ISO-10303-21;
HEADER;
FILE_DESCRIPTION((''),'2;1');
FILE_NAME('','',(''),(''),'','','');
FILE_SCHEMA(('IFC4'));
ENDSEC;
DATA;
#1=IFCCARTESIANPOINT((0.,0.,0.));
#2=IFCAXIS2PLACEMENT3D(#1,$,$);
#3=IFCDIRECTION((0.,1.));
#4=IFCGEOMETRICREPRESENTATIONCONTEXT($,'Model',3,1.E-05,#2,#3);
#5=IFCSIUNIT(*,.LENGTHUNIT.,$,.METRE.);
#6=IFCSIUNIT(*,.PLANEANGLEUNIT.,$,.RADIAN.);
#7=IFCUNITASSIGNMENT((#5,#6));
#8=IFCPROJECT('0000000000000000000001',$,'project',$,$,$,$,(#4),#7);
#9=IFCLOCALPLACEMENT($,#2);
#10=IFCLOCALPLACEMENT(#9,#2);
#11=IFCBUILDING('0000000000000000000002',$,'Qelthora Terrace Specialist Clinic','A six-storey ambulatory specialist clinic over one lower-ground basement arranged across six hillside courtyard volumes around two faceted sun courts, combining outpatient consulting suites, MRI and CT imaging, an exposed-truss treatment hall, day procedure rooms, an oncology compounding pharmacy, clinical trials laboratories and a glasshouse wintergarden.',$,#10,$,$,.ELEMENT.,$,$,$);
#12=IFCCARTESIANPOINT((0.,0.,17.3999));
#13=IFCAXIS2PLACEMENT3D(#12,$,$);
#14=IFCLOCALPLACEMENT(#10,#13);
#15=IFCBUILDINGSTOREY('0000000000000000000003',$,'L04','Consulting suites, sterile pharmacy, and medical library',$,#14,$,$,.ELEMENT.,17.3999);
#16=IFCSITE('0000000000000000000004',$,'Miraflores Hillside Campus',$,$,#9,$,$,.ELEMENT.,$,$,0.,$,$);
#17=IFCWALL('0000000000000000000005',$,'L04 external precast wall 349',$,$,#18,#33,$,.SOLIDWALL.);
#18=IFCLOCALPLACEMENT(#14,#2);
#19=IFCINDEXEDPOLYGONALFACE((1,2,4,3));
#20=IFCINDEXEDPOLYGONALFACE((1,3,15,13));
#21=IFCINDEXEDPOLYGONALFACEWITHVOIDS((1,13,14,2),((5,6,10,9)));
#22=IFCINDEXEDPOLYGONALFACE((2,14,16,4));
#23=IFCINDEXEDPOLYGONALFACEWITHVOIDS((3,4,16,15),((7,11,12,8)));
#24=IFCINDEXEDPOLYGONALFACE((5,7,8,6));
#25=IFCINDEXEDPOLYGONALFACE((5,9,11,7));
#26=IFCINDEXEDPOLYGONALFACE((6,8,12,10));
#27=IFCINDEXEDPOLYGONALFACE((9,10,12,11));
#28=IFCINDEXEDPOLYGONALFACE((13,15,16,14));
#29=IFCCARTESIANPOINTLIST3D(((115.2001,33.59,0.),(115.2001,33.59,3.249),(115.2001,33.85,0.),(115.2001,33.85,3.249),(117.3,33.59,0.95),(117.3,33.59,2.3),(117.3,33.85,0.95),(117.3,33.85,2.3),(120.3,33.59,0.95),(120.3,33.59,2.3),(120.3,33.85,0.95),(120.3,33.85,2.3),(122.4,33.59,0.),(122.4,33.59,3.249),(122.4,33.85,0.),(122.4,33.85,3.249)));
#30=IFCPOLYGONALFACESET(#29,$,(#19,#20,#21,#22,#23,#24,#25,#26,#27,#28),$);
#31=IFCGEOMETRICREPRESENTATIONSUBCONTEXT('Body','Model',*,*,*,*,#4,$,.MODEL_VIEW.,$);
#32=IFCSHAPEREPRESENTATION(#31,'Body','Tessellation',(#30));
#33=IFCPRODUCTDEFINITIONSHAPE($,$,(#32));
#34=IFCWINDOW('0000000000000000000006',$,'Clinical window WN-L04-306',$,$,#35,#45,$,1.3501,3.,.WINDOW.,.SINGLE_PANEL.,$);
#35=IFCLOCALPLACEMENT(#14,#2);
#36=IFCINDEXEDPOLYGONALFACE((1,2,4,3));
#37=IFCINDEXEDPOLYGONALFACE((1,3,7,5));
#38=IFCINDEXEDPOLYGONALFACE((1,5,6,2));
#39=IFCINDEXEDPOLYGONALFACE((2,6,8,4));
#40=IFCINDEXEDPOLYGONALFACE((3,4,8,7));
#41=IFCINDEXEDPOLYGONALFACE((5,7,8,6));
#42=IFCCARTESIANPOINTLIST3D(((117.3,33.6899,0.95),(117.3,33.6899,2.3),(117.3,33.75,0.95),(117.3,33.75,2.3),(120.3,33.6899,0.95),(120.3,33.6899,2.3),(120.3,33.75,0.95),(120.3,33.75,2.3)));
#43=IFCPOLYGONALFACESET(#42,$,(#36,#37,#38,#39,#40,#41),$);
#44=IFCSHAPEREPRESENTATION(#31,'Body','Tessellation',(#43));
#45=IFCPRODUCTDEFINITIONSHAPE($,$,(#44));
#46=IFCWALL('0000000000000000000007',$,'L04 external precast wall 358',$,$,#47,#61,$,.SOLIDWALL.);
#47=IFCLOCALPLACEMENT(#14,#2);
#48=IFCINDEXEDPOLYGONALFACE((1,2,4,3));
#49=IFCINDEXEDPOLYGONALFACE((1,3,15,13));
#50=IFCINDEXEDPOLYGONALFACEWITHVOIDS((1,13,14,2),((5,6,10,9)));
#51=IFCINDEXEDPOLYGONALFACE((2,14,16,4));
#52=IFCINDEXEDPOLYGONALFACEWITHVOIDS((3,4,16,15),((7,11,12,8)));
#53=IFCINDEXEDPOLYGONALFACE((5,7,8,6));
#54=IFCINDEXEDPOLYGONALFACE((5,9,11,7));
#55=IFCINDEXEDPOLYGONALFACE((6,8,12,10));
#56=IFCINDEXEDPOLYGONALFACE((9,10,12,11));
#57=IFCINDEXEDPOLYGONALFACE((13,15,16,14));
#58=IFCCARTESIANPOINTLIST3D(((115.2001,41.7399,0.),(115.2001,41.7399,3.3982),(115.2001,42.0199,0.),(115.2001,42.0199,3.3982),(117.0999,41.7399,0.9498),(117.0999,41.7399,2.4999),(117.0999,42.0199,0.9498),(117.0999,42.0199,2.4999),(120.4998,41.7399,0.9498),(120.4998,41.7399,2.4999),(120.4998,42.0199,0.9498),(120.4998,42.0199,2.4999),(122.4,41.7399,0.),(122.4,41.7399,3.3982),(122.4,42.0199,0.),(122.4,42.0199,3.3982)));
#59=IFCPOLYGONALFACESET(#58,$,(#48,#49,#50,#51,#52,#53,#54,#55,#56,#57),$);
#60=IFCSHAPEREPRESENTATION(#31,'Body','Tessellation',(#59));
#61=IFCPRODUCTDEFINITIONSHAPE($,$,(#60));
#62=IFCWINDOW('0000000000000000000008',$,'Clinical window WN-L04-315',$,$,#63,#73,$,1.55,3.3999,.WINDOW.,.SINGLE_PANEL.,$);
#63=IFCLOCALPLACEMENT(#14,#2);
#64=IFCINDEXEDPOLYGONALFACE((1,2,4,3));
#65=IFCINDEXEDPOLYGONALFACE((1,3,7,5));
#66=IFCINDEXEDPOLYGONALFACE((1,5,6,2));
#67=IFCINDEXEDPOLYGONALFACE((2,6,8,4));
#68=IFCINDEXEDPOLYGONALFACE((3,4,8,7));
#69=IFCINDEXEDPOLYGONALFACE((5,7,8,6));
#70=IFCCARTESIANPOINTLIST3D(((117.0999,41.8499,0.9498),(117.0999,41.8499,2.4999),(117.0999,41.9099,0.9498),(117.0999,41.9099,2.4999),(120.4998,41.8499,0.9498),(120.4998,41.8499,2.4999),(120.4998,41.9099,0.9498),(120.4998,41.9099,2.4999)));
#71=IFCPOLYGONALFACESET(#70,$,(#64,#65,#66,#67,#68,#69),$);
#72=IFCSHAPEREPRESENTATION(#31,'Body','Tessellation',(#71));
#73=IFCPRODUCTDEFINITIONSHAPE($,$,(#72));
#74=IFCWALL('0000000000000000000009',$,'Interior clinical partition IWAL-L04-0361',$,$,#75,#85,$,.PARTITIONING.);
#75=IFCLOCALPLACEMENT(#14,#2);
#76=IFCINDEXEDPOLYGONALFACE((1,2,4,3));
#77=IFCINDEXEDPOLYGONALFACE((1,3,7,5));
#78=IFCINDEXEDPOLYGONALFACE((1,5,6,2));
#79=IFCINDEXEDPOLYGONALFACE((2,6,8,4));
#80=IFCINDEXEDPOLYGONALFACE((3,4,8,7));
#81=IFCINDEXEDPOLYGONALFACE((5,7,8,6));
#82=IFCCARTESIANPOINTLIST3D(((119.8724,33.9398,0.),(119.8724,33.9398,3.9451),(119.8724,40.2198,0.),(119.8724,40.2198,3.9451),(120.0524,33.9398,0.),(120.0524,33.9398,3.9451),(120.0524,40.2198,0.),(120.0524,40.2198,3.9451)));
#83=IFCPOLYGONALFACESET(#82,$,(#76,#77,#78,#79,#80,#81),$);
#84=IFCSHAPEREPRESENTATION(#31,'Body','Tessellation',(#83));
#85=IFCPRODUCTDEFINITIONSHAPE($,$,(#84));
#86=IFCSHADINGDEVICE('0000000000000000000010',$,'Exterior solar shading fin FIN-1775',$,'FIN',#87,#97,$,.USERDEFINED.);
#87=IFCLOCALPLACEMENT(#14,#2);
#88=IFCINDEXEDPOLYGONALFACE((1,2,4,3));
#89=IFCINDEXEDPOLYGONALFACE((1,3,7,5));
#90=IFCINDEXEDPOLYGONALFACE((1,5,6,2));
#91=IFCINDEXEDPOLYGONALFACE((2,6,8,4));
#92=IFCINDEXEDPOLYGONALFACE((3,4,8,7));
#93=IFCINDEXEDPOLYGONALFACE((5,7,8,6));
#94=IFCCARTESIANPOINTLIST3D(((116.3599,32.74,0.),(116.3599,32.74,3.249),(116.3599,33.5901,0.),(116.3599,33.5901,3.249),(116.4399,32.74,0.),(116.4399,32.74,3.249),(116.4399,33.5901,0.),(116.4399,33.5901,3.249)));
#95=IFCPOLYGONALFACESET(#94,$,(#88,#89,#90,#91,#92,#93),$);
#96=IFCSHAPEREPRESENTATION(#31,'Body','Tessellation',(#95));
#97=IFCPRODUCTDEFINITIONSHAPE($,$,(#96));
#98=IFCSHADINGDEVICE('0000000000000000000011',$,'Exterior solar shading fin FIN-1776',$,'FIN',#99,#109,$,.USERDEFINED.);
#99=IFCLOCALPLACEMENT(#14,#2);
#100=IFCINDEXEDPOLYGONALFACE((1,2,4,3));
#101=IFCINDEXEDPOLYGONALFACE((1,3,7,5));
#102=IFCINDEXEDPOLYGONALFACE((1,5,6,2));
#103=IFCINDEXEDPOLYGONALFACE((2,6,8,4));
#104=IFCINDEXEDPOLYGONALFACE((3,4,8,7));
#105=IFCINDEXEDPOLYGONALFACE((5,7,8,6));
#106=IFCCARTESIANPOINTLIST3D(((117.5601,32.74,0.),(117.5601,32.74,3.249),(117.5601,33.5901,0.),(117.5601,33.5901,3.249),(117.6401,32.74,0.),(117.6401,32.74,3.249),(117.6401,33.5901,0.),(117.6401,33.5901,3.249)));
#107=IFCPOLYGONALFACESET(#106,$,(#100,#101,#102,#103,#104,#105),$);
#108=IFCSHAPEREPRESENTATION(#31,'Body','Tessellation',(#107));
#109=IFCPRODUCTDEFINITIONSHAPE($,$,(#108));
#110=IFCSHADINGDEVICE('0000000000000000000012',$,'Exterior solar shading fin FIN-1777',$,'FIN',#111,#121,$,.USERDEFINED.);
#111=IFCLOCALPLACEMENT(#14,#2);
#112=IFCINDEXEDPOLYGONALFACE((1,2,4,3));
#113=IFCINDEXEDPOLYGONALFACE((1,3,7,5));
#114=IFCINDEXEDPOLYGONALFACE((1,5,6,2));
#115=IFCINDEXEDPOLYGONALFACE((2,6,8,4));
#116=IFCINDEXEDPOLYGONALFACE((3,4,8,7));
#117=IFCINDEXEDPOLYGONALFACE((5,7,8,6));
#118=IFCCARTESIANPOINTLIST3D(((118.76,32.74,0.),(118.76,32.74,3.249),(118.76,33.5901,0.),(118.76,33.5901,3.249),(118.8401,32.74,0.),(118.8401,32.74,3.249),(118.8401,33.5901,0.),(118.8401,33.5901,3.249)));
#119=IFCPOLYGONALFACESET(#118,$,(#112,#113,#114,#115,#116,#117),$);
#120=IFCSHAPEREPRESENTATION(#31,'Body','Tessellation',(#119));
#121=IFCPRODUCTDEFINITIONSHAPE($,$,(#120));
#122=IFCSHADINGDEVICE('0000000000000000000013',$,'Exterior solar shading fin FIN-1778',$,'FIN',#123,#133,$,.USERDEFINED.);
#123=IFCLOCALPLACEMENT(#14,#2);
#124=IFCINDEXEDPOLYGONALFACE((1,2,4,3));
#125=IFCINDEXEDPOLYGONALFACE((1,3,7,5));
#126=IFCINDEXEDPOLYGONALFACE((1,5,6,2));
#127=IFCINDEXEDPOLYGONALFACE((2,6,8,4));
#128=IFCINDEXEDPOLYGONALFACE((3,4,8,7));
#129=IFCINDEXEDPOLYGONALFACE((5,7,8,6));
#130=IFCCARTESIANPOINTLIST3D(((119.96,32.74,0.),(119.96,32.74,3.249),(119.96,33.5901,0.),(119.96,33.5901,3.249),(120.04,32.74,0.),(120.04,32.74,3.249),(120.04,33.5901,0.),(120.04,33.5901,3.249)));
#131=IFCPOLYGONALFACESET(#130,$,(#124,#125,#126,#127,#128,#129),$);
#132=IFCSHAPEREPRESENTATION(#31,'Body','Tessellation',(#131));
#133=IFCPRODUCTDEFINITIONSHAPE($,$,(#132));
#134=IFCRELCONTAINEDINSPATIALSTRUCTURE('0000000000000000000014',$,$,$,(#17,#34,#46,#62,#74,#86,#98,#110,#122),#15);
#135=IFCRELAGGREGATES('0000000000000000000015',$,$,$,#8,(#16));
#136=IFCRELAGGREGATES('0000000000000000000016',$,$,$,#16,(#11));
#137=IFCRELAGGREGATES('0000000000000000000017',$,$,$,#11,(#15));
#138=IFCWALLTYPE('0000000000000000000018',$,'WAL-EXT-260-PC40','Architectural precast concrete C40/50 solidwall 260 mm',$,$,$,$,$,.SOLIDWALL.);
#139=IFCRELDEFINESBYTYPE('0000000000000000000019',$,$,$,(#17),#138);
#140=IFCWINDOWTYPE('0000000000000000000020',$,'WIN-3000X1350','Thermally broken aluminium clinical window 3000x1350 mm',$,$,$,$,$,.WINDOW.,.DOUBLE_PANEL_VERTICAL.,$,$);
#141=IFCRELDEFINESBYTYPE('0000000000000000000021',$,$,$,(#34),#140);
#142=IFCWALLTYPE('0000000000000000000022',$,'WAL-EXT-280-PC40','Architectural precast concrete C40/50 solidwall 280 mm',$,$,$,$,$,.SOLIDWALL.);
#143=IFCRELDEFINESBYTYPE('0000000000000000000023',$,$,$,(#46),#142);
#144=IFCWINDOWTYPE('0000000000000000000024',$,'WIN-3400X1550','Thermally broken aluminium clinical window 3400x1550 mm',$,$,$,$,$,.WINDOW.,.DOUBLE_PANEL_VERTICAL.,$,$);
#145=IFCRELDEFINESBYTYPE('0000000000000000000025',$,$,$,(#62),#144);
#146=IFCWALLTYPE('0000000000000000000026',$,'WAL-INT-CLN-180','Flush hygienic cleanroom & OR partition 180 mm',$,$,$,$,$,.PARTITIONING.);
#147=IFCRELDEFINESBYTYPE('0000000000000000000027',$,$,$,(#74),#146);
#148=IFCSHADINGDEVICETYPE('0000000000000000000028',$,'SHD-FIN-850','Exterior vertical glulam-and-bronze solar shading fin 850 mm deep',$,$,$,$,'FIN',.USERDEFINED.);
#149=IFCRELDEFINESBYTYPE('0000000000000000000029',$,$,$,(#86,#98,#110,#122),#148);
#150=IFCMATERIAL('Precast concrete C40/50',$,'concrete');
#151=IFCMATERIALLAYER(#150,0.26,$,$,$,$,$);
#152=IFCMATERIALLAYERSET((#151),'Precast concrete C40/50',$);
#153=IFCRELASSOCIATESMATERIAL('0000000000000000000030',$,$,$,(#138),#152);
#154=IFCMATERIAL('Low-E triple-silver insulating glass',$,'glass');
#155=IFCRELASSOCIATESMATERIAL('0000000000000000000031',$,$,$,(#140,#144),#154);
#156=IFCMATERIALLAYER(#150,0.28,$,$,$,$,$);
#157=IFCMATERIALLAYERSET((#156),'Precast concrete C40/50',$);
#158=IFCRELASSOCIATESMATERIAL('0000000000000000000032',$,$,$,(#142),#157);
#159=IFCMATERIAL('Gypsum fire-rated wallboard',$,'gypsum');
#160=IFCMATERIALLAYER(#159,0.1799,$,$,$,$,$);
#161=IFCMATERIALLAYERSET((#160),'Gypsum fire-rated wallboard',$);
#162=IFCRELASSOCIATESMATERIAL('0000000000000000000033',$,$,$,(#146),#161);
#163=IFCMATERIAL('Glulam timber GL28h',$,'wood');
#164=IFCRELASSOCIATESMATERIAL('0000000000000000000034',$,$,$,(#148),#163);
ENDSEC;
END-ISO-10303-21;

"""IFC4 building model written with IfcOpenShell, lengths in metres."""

from ifc_helpers import new_model, si_unit, direction, frame, frame_2d, origin, origin_2d, place, context, subcontext, project, spatial, rectangle, extrude, material, layer, layer_set, type_object, element, fill, save


model = new_model("IFC4")

# Units and contexts
model_context = context("Model", 3, precision=1e-05, world=origin(), true_north=direction((0.0, 1.0)))
body_context = subcontext(model_context, "Body", "Model", "MODEL_VIEW")
ifc_project = project(units=[si_unit("LENGTHUNIT", "METRE"), si_unit("PLANEANGLEUNIT", "RADIAN")], contexts=[model_context])

# Site, building, storey
site_placement = place(None, origin())
site = spatial("IfcSite", under=ifc_project, at=site_placement, Name="Miraflores Hillside Campus", CompositionType="ELEMENT", RefElevation=0.0)
building_placement = place(site_placement, origin())
building = spatial("IfcBuilding", under=site, at=building_placement, Name="Qelthora Terrace Specialist Clinic", Description="A six-storey ambulatory specialist clinic over one lower-ground basement arranged across six hillside courtyard volumes around two faceted sun courts, combining outpatient consulting suites, MRI and CT imaging, an exposed-truss treatment hall, day procedure rooms, an oncology compounding pharmacy, clinical trials laboratories and a glasshouse wintergarden.", CompositionType="ELEMENT")
storey_placement = place(building_placement, frame((0.0, 0.0, 17.3999)))
storey = spatial("IfcBuildingStorey", under=building, at=storey_placement, Name="L04", Description="Consulting suites, sterile pharmacy, and medical library", CompositionType="ELEMENT", Elevation=17.3999)

# Shared definitions
ifc_material_1 = material(Name="Glulam timber GL28h", Category="wood")

# Walls, openings, windows
ifc_material_2 = material(Name="Precast concrete C40/50", Category="concrete")
ifc_layer_1 = layer(ifc_material_2, 0.26)
ifc_layer_set_1 = layer_set([ifc_layer_1], Name="Precast concrete C40/50")
wall_type_1 = type_object("IfcWallType", Name="WAL-EXT-260-PC40", Description="Architectural precast concrete C40/50 solidwall 260 mm", PredefinedType="SOLIDWALL", material=ifc_layer_set_1)
wall_1_placement = place(storey_placement, frame((115.2, 33.72, 0.0), z_axis=(0.0, 0.0, 1.0), x_axis=(1.0, 0.0, 0.0)))
wall_1 = element("IfcWall", 1, at=wall_1_placement, inside=storey, type_object=wall_type_1, Name="L04 external precast wall 349", PredefinedType="SOLIDWALL", context=body_context, shape_type="SweptSolid", body=[
    extrude(rectangle(XDim=7.2, YDim=0.26, at=frame_2d((3.6001, 0.0))), origin(), (0.0, 0.0, 1.0), 3.249),
])
opening_1_placement = place(wall_1_placement, frame((2.1001, 0.0, 0.95)))
opening_1 = element("IfcOpeningElement", 2, at=opening_1_placement, cuts=wall_1, PredefinedType="OPENING", context=body_context, shape_type="SweptSolid", body=[
    extrude(rectangle(XDim=3.0, YDim=1.3501, at=frame_2d((1.5, 0.675))), frame((0.0, 0.1399, 0.0), z_axis=(0.0, -1.0, 0.0), x_axis=(1.0, 0.0, 0.0)), (0.0, 0.0, 1.0), 0.28),
])
ifc_material_3 = material(Name="Low-E triple-silver insulating glass", Category="glass")
window_type_1 = type_object("IfcWindowType", Name="WIN-3000X1350", Description="Thermally broken aluminium clinical window 3000x1350 mm", PartitioningType="DOUBLE_PANEL_VERTICAL", PredefinedType="WINDOW", material=ifc_material_3)
window_1_placement = place(opening_1_placement, origin())
window_1 = element("IfcWindow", 3, at=window_1_placement, inside=storey, type_object=window_type_1, Name="Clinical window WN-L04-306", OverallHeight=1.3501, OverallWidth=3.0, PartitioningType="SINGLE_PANEL", PredefinedType="WINDOW", context=body_context, shape_type="SweptSolid", body=[
    extrude(rectangle(XDim=3.0, YDim=1.3501, at=frame_2d((1.5, 0.675))), frame((0.0, 0.03, 0.0), z_axis=(0.0, -1.0, 0.0), x_axis=(1.0, 0.0, 0.0)), (0.0, 0.0, 1.0), 0.0601),
])
fill(opening_1, window_1)
ifc_layer_2 = layer(ifc_material_2, 0.28)
ifc_layer_set_2 = layer_set([ifc_layer_2], Name="Precast concrete C40/50")
wall_type_2 = type_object("IfcWallType", Name="WAL-EXT-280-PC40", Description="Architectural precast concrete C40/50 solidwall 280 mm", PredefinedType="SOLIDWALL", material=ifc_layer_set_2)
wall_2_placement = place(storey_placement, frame((115.2, 41.8799, 0.0), z_axis=(0.0, 0.0, 1.0), x_axis=(1.0, 0.0, 0.0)))
wall_2 = element("IfcWall", 4, at=wall_2_placement, inside=storey, type_object=wall_type_2, Name="L04 external precast wall 358", PredefinedType="SOLIDWALL", context=body_context, shape_type="SweptSolid", body=[
    extrude(rectangle(XDim=7.2, YDim=0.28, at=frame_2d((3.6001, 0.0))), origin(), (0.0, 0.0, 1.0), 3.3982),
])
opening_2_placement = place(wall_2_placement, frame((1.8999, 0.0, 0.95)))
opening_2 = element("IfcOpeningElement", 5, at=opening_2_placement, cuts=wall_2, PredefinedType="OPENING", context=body_context, shape_type="SweptSolid", body=[
    extrude(rectangle(XDim=3.3999, YDim=1.55, at=frame_2d((1.7, 0.7749))), frame((0.0, 0.1499, 0.0), z_axis=(0.0, -1.0, 0.0), x_axis=(1.0, 0.0, 0.0)), (0.0, 0.0, 1.0), 0.3),
])
window_type_2 = type_object("IfcWindowType", Name="WIN-3400X1550", Description="Thermally broken aluminium clinical window 3400x1550 mm", PartitioningType="DOUBLE_PANEL_VERTICAL", PredefinedType="WINDOW", material=ifc_material_3)
window_2_placement = place(opening_2_placement, origin())
window_2 = element("IfcWindow", 6, at=window_2_placement, inside=storey, type_object=window_type_2, Name="Clinical window WN-L04-315", OverallHeight=1.55, OverallWidth=3.3999, PartitioningType="SINGLE_PANEL", PredefinedType="WINDOW", context=body_context, shape_type="SweptSolid", body=[
    extrude(rectangle(XDim=3.3999, YDim=1.55, at=frame_2d((1.7, 0.7749))), frame((0.0, 0.03, 0.0), z_axis=(0.0, -1.0, 0.0), x_axis=(1.0, 0.0, 0.0)), (0.0, 0.0, 1.0), 0.0601),
])
fill(opening_2, window_2)

# Wall
ifc_material_4 = material(Name="Gypsum fire-rated wallboard", Category="gypsum")
ifc_layer_3 = layer(ifc_material_4, 0.1799)
ifc_layer_set_3 = layer_set([ifc_layer_3], Name="Gypsum fire-rated wallboard")
wall_type_3 = type_object("IfcWallType", Name="WAL-INT-CLN-180", Description="Flush hygienic cleanroom & OR partition 180 mm", PredefinedType="PARTITIONING", material=ifc_layer_set_3)
wall_3_placement = place(storey_placement, frame((119.9624, 40.22, 0.0), z_axis=(0.0, 0.0, 1.0), x_axis=(0.0, -1.0, 0.0)))
element("IfcWall", 7, at=wall_3_placement, inside=storey, type_object=wall_type_3, Name="Interior clinical partition IWAL-L04-0361", PredefinedType="PARTITIONING", context=body_context, shape_type="SweptSolid", body=[
    extrude(rectangle(XDim=6.28, YDim=0.1799, at=frame_2d((3.1401, 0.0))), origin(), (0.0, 0.0, 1.0), 3.9451),
])

# Shading devices
shading_device_type = type_object("IfcShadingDeviceType", Name="SHD-FIN-850", Description="Exterior vertical glulam-and-bronze solar shading fin 850 mm deep", ElementType="FIN", PredefinedType="USERDEFINED", material=ifc_material_1)
for number, where, z_axis, x_axis, name in (
    (8, (116.3999, 33.165, 0.0), (0.0, 0.0, 1.0), (0.0, -1.0, 0.0), "Exterior solar shading fin FIN-1775"),
    (9, (117.6001, 33.165, 0.0), (0.0, 0.0, 1.0), (0.0, -1.0, 0.0), "Exterior solar shading fin FIN-1776"),
    (10, (118.8, 33.165, 0.0), (0.0, 0.0, 1.0), (0.0, -1.0, 0.0), "Exterior solar shading fin FIN-1777"),
    (11, (120.0, 33.165, 0.0), (0.0, 0.0, 1.0), (0.0, -1.0, 0.0), "Exterior solar shading fin FIN-1778"),
):
    element("IfcShadingDevice", number, at=place(storey_placement, frame(where, z_axis=z_axis, x_axis=x_axis)), inside=storey, type_object=shading_device_type, Name=name, ObjectType="FIN", PredefinedType="USERDEFINED", context=body_context, shape_type="SweptSolid", body=[
        extrude(rectangle(XDim=0.8501, YDim=0.0801, at=origin_2d()), origin(), (0.0, 0.0, 1.0), 3.249),
    ])

save(model, "model.ifc")
